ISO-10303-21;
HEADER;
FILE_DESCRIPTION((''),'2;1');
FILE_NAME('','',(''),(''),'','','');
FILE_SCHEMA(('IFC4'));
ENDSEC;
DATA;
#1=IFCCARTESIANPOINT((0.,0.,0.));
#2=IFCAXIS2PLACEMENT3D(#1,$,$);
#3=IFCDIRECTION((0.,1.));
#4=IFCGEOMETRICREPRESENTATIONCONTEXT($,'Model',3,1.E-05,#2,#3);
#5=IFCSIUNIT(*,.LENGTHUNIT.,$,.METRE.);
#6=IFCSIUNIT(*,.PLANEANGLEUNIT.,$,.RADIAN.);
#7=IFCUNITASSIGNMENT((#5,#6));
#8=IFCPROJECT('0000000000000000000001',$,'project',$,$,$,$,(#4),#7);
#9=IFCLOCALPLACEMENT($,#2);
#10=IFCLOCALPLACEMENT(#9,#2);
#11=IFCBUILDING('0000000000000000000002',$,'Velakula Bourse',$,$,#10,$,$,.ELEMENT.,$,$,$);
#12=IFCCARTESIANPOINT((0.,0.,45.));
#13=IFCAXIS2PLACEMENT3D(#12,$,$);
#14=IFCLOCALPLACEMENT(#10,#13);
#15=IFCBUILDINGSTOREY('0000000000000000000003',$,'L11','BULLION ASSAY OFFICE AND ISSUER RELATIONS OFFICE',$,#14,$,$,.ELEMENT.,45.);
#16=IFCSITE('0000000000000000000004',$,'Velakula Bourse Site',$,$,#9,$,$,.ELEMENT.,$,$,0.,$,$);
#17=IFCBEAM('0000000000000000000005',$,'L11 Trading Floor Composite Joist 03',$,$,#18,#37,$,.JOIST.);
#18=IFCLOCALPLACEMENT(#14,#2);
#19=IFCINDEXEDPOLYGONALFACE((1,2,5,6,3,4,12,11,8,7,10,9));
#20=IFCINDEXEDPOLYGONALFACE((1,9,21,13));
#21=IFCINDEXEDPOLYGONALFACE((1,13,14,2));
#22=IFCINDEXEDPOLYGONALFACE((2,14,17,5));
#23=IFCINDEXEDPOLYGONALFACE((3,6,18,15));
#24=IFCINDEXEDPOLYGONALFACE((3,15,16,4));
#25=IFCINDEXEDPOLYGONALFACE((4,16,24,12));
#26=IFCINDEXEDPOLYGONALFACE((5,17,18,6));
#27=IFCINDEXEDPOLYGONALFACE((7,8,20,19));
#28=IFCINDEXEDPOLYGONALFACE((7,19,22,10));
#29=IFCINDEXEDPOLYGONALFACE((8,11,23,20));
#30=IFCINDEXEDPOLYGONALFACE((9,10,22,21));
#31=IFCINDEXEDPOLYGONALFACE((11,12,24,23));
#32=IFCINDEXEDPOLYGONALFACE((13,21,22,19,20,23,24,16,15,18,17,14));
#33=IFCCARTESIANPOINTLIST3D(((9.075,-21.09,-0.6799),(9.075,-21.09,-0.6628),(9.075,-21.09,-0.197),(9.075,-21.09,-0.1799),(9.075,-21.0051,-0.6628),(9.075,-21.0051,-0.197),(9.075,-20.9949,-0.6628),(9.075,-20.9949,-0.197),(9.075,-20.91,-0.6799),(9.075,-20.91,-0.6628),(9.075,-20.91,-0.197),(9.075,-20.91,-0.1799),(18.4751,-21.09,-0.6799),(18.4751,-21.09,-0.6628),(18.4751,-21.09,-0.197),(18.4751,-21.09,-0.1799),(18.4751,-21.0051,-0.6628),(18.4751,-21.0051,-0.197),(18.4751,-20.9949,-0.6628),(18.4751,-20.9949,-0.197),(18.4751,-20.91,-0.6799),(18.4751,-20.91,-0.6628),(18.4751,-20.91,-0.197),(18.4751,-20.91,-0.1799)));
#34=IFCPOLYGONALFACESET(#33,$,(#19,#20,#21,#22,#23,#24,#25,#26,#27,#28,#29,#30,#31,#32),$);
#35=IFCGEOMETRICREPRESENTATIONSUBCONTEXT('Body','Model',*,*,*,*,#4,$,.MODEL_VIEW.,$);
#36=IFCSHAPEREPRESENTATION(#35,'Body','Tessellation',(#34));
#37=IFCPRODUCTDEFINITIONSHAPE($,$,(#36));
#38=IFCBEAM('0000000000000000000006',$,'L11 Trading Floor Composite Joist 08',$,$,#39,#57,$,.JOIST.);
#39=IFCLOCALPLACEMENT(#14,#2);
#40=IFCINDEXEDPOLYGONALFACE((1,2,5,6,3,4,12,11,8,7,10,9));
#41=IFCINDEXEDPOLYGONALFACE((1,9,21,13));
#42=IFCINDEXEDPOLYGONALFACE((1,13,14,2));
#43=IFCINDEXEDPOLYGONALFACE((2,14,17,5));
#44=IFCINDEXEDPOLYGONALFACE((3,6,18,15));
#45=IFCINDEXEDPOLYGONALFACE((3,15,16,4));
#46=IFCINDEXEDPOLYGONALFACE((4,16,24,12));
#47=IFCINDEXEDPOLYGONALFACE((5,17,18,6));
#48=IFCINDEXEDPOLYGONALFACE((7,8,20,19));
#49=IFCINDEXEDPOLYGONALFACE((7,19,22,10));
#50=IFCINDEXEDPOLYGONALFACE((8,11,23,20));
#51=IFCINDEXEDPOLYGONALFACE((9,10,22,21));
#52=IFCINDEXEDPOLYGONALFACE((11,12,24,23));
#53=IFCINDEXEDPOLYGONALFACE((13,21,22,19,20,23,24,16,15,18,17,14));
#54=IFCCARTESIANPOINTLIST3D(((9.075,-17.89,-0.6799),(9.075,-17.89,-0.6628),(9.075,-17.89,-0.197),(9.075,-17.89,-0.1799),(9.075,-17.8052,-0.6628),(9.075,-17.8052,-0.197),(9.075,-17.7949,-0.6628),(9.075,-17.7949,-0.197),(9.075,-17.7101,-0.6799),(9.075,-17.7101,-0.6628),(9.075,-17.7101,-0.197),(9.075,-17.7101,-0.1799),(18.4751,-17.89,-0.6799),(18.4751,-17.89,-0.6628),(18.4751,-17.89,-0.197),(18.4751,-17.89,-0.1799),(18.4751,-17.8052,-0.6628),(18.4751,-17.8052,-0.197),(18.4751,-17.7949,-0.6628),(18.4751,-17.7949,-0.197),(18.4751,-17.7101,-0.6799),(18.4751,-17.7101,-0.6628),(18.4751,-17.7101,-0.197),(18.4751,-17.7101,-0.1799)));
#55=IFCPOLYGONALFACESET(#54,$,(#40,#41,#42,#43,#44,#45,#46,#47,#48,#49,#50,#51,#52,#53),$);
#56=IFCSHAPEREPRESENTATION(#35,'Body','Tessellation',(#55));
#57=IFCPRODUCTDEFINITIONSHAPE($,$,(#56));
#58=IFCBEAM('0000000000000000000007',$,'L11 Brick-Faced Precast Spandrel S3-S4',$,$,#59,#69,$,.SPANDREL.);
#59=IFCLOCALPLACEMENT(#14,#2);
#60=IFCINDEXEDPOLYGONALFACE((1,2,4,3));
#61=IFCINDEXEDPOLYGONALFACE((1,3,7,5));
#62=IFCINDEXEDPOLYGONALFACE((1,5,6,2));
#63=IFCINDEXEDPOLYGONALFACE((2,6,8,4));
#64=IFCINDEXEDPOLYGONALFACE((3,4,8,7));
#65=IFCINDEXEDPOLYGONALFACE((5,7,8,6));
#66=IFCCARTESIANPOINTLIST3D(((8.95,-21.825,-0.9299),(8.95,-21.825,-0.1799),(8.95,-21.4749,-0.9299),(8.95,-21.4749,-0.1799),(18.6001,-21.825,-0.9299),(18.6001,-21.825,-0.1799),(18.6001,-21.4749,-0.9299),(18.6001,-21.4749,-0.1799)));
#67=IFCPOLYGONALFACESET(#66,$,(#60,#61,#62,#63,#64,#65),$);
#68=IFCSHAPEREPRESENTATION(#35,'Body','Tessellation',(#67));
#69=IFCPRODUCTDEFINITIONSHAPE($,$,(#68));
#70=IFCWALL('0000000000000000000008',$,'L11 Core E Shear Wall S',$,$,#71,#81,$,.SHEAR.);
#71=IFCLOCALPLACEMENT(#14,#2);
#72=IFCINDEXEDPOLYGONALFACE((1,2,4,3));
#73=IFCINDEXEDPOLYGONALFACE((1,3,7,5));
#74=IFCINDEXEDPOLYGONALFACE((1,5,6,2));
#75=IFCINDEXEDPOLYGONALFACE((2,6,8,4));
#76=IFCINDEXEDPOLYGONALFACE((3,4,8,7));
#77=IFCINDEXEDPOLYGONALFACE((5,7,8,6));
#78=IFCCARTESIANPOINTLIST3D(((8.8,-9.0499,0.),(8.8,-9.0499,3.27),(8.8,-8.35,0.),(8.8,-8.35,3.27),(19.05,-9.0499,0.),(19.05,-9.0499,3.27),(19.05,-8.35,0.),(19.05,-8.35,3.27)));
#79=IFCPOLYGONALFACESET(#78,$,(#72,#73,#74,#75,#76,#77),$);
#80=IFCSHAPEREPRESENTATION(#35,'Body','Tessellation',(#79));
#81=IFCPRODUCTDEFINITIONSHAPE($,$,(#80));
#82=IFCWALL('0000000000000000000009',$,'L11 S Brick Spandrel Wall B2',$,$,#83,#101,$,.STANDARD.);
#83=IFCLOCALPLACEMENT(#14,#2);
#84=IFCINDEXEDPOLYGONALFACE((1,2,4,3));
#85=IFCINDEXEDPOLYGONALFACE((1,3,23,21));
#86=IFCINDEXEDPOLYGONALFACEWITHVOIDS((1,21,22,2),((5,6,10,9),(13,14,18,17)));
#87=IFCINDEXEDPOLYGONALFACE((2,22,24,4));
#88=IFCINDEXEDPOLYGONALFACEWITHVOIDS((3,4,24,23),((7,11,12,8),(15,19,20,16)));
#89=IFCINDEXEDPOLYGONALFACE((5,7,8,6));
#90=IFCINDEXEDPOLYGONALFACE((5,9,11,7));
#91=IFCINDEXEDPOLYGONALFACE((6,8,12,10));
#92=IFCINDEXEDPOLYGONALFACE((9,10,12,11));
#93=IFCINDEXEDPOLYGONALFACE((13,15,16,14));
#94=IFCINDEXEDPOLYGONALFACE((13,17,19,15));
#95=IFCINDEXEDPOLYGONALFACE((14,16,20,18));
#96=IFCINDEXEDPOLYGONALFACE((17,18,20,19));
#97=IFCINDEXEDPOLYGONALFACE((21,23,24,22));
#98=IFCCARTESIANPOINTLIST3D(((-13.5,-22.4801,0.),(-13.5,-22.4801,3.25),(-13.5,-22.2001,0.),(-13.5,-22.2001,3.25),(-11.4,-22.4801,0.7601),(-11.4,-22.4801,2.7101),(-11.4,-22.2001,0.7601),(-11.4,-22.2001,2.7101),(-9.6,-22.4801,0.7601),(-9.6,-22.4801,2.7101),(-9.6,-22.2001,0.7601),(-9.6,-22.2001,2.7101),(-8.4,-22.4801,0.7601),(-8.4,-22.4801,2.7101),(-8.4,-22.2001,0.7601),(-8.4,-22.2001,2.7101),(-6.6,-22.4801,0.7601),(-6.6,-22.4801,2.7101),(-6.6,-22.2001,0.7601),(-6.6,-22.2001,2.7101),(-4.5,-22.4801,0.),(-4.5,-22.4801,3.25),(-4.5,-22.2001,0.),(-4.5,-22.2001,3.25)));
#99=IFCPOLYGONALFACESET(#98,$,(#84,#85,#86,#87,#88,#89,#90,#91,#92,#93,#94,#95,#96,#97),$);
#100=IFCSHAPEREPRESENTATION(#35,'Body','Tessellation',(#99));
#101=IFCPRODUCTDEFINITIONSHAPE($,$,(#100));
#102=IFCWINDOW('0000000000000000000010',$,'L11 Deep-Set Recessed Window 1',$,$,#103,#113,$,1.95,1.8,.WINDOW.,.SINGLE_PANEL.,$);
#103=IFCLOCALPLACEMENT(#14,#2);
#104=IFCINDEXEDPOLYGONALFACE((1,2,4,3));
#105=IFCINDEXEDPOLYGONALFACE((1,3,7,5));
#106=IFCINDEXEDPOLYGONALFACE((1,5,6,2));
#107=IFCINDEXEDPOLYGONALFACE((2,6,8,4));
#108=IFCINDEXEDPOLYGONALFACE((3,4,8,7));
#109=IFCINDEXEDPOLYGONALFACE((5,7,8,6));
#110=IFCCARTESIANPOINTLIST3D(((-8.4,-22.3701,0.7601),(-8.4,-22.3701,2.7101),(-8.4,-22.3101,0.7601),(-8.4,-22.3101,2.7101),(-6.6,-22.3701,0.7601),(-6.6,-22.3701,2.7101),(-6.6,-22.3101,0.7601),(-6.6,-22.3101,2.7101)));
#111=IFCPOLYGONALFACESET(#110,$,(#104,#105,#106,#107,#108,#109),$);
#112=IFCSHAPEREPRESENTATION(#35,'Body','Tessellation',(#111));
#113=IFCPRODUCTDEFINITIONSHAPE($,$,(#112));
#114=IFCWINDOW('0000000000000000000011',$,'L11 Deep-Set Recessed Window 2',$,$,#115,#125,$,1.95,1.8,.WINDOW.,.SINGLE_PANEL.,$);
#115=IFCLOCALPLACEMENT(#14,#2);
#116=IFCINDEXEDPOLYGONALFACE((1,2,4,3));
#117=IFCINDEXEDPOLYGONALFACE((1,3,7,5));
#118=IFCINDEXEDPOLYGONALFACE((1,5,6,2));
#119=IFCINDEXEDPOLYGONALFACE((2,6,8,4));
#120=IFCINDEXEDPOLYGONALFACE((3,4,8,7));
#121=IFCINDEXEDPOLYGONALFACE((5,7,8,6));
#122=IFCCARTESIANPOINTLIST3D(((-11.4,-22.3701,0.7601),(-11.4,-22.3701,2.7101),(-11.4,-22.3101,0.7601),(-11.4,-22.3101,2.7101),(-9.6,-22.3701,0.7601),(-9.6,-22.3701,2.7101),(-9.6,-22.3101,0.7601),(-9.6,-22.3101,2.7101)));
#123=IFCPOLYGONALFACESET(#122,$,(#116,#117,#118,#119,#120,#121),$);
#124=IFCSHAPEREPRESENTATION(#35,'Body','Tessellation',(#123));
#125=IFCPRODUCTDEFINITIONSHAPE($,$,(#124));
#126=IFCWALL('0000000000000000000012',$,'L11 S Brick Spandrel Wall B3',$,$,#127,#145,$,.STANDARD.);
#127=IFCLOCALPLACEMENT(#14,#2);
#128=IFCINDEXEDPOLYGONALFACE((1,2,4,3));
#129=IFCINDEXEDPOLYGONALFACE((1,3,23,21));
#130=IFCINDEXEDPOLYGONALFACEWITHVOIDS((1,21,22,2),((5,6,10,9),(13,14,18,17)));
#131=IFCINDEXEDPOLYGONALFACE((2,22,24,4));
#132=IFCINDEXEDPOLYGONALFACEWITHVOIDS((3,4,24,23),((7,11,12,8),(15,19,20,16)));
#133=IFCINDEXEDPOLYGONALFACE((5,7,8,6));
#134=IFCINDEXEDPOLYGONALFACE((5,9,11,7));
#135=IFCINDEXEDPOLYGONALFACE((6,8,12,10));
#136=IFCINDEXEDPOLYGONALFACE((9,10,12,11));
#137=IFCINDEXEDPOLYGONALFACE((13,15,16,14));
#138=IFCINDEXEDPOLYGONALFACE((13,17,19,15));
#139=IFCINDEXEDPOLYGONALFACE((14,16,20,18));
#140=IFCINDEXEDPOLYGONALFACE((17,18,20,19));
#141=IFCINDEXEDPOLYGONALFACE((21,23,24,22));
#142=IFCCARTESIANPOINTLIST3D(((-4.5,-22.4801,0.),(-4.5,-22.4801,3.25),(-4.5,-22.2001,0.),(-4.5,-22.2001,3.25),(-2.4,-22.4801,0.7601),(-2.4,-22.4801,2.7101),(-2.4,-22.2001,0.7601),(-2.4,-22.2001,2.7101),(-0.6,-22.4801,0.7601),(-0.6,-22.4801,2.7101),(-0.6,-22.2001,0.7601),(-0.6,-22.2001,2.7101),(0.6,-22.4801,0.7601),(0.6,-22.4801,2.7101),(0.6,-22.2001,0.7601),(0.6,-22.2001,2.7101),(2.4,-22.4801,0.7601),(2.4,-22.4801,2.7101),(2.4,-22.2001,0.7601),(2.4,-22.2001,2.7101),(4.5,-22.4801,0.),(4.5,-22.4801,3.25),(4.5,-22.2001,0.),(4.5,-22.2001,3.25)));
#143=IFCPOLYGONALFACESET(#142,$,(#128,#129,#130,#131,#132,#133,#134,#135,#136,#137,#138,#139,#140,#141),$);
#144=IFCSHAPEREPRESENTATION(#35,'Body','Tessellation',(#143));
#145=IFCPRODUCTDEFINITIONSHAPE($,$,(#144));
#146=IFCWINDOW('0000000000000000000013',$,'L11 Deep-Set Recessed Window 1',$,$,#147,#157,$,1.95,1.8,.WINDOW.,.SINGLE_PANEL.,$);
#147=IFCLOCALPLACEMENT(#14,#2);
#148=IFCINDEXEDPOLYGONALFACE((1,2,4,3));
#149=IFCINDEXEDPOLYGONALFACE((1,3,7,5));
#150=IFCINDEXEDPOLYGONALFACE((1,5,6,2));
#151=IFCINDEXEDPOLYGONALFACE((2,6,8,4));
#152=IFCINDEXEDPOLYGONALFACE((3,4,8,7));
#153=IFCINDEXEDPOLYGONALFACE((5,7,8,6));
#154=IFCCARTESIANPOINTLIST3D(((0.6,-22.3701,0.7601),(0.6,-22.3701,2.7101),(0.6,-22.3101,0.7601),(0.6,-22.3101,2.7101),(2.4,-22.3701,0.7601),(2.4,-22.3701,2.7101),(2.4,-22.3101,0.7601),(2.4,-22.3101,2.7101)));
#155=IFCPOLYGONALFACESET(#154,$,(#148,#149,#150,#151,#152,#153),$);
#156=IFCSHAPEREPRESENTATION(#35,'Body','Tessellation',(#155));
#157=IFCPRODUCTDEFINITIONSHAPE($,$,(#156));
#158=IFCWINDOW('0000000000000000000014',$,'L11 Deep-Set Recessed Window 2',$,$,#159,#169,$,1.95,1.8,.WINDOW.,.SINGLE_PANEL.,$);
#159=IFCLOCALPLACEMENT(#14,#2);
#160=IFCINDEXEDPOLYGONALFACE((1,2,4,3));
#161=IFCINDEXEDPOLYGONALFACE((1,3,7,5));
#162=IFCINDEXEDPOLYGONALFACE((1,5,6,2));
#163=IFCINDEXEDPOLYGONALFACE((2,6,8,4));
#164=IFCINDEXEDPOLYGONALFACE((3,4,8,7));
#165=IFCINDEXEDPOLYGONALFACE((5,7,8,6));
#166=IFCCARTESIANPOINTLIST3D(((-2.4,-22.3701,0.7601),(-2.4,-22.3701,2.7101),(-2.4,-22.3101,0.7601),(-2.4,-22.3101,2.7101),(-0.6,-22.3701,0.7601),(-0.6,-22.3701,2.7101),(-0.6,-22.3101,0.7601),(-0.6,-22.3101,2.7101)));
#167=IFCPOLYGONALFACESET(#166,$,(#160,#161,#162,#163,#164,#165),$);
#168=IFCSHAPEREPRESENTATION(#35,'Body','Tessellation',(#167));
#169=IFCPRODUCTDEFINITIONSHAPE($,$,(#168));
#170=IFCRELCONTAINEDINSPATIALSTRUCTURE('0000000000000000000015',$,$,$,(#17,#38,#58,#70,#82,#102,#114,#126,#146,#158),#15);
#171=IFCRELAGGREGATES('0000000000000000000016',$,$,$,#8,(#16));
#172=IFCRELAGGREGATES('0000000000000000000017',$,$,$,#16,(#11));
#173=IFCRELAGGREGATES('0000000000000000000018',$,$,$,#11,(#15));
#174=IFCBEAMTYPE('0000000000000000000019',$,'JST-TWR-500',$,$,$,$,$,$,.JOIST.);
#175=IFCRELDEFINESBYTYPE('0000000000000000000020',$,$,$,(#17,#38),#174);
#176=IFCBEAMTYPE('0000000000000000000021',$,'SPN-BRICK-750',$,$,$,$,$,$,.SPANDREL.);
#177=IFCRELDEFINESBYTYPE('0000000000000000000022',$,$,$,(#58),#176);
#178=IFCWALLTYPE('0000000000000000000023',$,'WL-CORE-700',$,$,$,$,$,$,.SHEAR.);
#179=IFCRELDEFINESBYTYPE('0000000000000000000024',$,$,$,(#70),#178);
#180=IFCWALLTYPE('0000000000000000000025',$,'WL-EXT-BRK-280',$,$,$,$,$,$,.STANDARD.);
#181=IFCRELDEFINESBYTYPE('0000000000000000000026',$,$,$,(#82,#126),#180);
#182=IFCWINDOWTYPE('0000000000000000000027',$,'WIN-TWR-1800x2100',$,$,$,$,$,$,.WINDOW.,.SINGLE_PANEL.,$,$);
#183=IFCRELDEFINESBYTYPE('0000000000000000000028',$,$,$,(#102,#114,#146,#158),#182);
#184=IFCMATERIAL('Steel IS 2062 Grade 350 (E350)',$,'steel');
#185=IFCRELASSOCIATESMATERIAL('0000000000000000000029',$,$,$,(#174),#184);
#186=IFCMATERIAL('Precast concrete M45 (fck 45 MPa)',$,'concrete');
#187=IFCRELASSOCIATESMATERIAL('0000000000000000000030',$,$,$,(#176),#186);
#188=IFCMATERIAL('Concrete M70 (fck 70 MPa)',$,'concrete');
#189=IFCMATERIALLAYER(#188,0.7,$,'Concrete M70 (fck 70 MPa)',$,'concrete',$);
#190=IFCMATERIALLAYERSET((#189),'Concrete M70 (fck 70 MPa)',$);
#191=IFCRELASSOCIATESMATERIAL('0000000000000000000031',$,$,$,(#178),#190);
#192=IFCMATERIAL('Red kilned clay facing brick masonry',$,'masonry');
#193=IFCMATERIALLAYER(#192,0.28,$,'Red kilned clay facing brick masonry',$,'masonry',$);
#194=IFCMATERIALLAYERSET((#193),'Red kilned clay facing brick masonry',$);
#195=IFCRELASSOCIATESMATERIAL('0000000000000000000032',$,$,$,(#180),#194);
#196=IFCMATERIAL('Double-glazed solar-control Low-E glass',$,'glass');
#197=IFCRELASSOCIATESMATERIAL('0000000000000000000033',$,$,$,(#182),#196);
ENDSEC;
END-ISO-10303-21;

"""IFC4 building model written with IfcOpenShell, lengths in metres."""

from ifc_helpers import new_model, si_unit, direction, frame, frame_2d, origin, origin_2d, place, context, subcontext, project, spatial, rectangle, i_section, extrude, material, layer, layer_set, material_profile, profile_set, type_object, element, fill, save


model = new_model("IFC4")

# Units and contexts
model_context = context("Model", 3, precision=1e-05, world=origin(), true_north=direction((0.0, 1.0)))
body_context = subcontext(model_context, "Body", "Model", "MODEL_VIEW")
ifc_project = project(units=[si_unit("LENGTHUNIT", "METRE"), si_unit("PLANEANGLEUNIT", "RADIAN")], contexts=[model_context])

# Site, building, storey
site_placement = place(None, origin())
site = spatial("IfcSite", under=ifc_project, at=site_placement, Name="Velakula Bourse Site", CompositionType="ELEMENT", RefElevation=0.0)
building_placement = place(site_placement, origin())
building = spatial("IfcBuilding", under=site, at=building_placement, Name="Velakula Bourse", CompositionType="ELEMENT")
storey_placement = place(building_placement, frame((0.0, 0.0, 45.0)))
storey = spatial("IfcBuildingStorey", under=building, at=storey_placement, Name="L11", Description="BULLION ASSAY OFFICE AND ISSUER RELATIONS OFFICE", CompositionType="ELEMENT", Elevation=45.0)

# Shared definitions
ifc_material_1 = material(Name="Concrete M70 (fck 70 MPa)", Category="concrete")

# Beams
ifc_material_2 = material(Name="Steel IS 2062 Grade 350 (E350)", Category="steel")
ifc_material_profile_1 = material_profile(ifc_material_2, i_section(OverallWidth=0.1799, OverallDepth=0.5, WebThickness=0.0103, FlangeThickness=0.0171, at=origin_2d()), Name="Steel IS 2062 Grade 350 (E350)")
ifc_profile_set_1 = profile_set([ifc_material_profile_1], Name="Steel IS 2062 Grade 350 (E350)")
beam_type_1 = type_object("IfcBeamType", Name="JST-TWR-500", PredefinedType="JOIST", material=ifc_profile_set_1)
for number, where, z_axis, x_axis, name in (
    (1, (9.075, -21.0, -0.4299), (1.0, 0.0, 0.0), (0.0, 1.0, 0.0), "L11 Trading Floor Composite Joist 03"),
    (2, (9.075, -17.8, -0.4299), (1.0, 0.0, 0.0), (0.0, 1.0, 0.0), "L11 Trading Floor Composite Joist 08"),
):
    element("IfcBeam", number, at=place(storey_placement, frame(where, z_axis=z_axis, x_axis=x_axis)), inside=storey, type_object=beam_type_1, Name=name, PredefinedType="JOIST", context=body_context, shape_type="SweptSolid", body=[
        extrude(i_section(OverallWidth=0.1799, OverallDepth=0.5, WebThickness=0.0103, FlangeThickness=0.0171, at=origin_2d()), origin(), (0.0, 0.0, 1.0), 9.4001),
    ])
ifc_material_3 = material(Name="Precast concrete M45 (fck 45 MPa)", Category="concrete")
ifc_material_profile_2 = material_profile(ifc_material_3, rectangle(XDim=0.3501, YDim=0.75, at=origin_2d()), Name="Precast concrete M45 (fck 45 MPa)")
ifc_profile_set_2 = profile_set([ifc_material_profile_2], Name="Precast concrete M45 (fck 45 MPa)")
beam_type_2 = type_object("IfcBeamType", Name="SPN-BRICK-750", PredefinedType="SPANDREL", material=ifc_profile_set_2)
beam_1_placement = place(storey_placement, frame((8.95, -21.6499, -0.5549), z_axis=(1.0, 0.0, 0.0), x_axis=(0.0, 1.0, 0.0)))
element("IfcBeam", 3, at=beam_1_placement, inside=storey, type_object=beam_type_2, Name="L11 Brick-Faced Precast Spandrel S3-S4", PredefinedType="SPANDREL", context=body_context, shape_type="SweptSolid", body=[
    extrude(rectangle(XDim=0.3501, YDim=0.75, at=origin_2d()), origin(), (0.0, 0.0, 1.0), 9.6501),
])

# Wall
ifc_layer_1 = layer(ifc_material_1, 0.7, Name="Concrete M70 (fck 70 MPa)", Category="concrete")
ifc_layer_set_1 = layer_set([ifc_layer_1], Name="Concrete M70 (fck 70 MPa)")
wall_type_1 = type_object("IfcWallType", Name="WL-CORE-700", PredefinedType="SHEAR", material=ifc_layer_set_1)
wall_1_placement = place(storey_placement, frame((8.8, -8.7, 0.0), z_axis=(0.0, 0.0, 1.0), x_axis=(1.0, 0.0, 0.0)))
element("IfcWall", 4, at=wall_1_placement, inside=storey, type_object=wall_type_1, Name="L11 Core E Shear Wall S", PredefinedType="SHEAR", context=body_context, shape_type="SweptSolid", body=[
    extrude(rectangle(XDim=10.25, YDim=0.7, at=frame_2d((5.125, 0.0))), origin(), (0.0, 0.0, 1.0), 3.27),
])

# Walls, openings, windows
ifc_material_4 = material(Name="Red kilned clay facing brick masonry", Category="masonry")
ifc_layer_2 = layer(ifc_material_4, 0.28, Name="Red kilned clay facing brick masonry", Category="masonry")
ifc_layer_set_2 = layer_set([ifc_layer_2], Name="Red kilned clay facing brick masonry")
wall_type_2 = type_object("IfcWallType", Name="WL-EXT-BRK-280", PredefinedType="STANDARD", material=ifc_layer_set_2)
wall_2_placement = place(storey_placement, frame((-4.5, -22.3401, 0.0), z_axis=(0.0, 0.0, 1.0), x_axis=(-1.0, 0.0, 0.0)))
wall_2 = element("IfcWall", 5, at=wall_2_placement, inside=storey, type_object=wall_type_2, Name="L11 S Brick Spandrel Wall B2", PredefinedType="STANDARD", context=body_context, shape_type="SweptSolid", body=[
    extrude(rectangle(XDim=9.0, YDim=0.28, at=frame_2d((4.5, 0.0))), origin(), (0.0, 0.0, 1.0), 3.25),
])
opening_1_placement = place(wall_2_placement, frame((2.1001, 0.0, 0.76)))
opening_1 = element("IfcOpeningElement", 6, at=opening_1_placement, cuts=wall_2, PredefinedType="OPENING", context=body_context, shape_type="SweptSolid", body=[
    extrude(rectangle(XDim=1.8, YDim=1.95, at=frame_2d((0.8999, 0.9751))), frame((0.0, 0.1499, 0.0), z_axis=(0.0, -1.0, 0.0), x_axis=(1.0, 0.0, 0.0)), (0.0, 0.0, 1.0), 0.3),
])
opening_2_placement = place(wall_2_placement, frame((5.1001, 0.0, 0.76)))
opening_2 = element("IfcOpeningElement", 7, at=opening_2_placement, cuts=wall_2, PredefinedType="OPENING", context=body_context, shape_type="SweptSolid", body=[
    extrude(rectangle(XDim=1.8, YDim=1.95, at=frame_2d((0.8999, 0.9751))), frame((0.0, 0.1499, 0.0), z_axis=(0.0, -1.0, 0.0), x_axis=(1.0, 0.0, 0.0)), (0.0, 0.0, 1.0), 0.3),
])
ifc_material_5 = material(Name="Double-glazed solar-control Low-E glass", Category="glass")
window_type = type_object("IfcWindowType", Name="WIN-TWR-1800x2100", PartitioningType="SINGLE_PANEL", PredefinedType="WINDOW", material=ifc_material_5)
window_1_placement = place(opening_1_placement, origin())
window_1 = element("IfcWindow", 8, at=window_1_placement, inside=storey, type_object=window_type, Name="L11 Deep-Set Recessed Window 1", OverallHeight=1.95, OverallWidth=1.8, PartitioningType="SINGLE_PANEL", PredefinedType="WINDOW", context=body_context, shape_type="SweptSolid", body=[
    extrude(rectangle(XDim=1.8, YDim=1.95, at=frame_2d((0.8999, 0.9751))), frame((0.0, 0.03, 0.0), z_axis=(0.0, -1.0, 0.0), x_axis=(1.0, 0.0, 0.0)), (0.0, 0.0, 1.0), 0.0601),
])
fill(opening_1, window_1)
window_2_placement = place(opening_2_placement, origin())
window_2 = element("IfcWindow", 9, at=window_2_placement, inside=storey, type_object=window_type, Name="L11 Deep-Set Recessed Window 2", OverallHeight=1.95, OverallWidth=1.8, PartitioningType="SINGLE_PANEL", PredefinedType="WINDOW", context=body_context, shape_type="SweptSolid", body=[
    extrude(rectangle(XDim=1.8, YDim=1.95, at=frame_2d((0.8999, 0.9751))), frame((0.0, 0.03, 0.0), z_axis=(0.0, -1.0, 0.0), x_axis=(1.0, 0.0, 0.0)), (0.0, 0.0, 1.0), 0.0601),
])
fill(opening_2, window_2)
wall_3_placement = place(storey_placement, frame((4.5, -22.3401, 0.0), z_axis=(0.0, 0.0, 1.0), x_axis=(-1.0, 0.0, 0.0)))
wall_3 = element("IfcWall", 10, at=wall_3_placement, inside=storey, type_object=wall_type_2, Name="L11 S Brick Spandrel Wall B3", PredefinedType="STANDARD", context=body_context, shape_type="SweptSolid", body=[
    extrude(rectangle(XDim=9.0, YDim=0.28, at=frame_2d((4.5, 0.0))), origin(), (0.0, 0.0, 1.0), 3.25),
])
opening_3_placement = place(wall_3_placement, frame((2.1001, 0.0, 0.76)))
opening_3 = element("IfcOpeningElement", 11, at=opening_3_placement, cuts=wall_3, PredefinedType="OPENING", context=body_context, shape_type="SweptSolid", body=[
    extrude(rectangle(XDim=1.8, YDim=1.95, at=frame_2d((0.8999, 0.9751))), frame((0.0, 0.1499, 0.0), z_axis=(0.0, -1.0, 0.0), x_axis=(1.0, 0.0, 0.0)), (0.0, 0.0, 1.0), 0.3),
])
opening_4_placement = place(wall_3_placement, frame((5.1001, 0.0, 0.76)))
opening_4 = element("IfcOpeningElement", 12, at=opening_4_placement, cuts=wall_3, PredefinedType="OPENING", context=body_context, shape_type="SweptSolid", body=[
    extrude(rectangle(XDim=1.8, YDim=1.95, at=frame_2d((0.8999, 0.9751))), frame((0.0, 0.1499, 0.0), z_axis=(0.0, -1.0, 0.0), x_axis=(1.0, 0.0, 0.0)), (0.0, 0.0, 1.0), 0.3),
])
window_3_placement = place(opening_3_placement, origin())
window_3 = element("IfcWindow", 13, at=window_3_placement, inside=storey, type_object=window_type, Name="L11 Deep-Set Recessed Window 1", OverallHeight=1.95, OverallWidth=1.8, PartitioningType="SINGLE_PANEL", PredefinedType="WINDOW", context=body_context, shape_type="SweptSolid", body=[
    extrude(rectangle(XDim=1.8, YDim=1.95, at=frame_2d((0.8999, 0.9751))), frame((0.0, 0.03, 0.0), z_axis=(0.0, -1.0, 0.0), x_axis=(1.0, 0.0, 0.0)), (0.0, 0.0, 1.0), 0.0601),
])
fill(opening_3, window_3)
window_4_placement = place(opening_4_placement, origin())
window_4 = element("IfcWindow", 14, at=window_4_placement, inside=storey, type_object=window_type, Name="L11 Deep-Set Recessed Window 2", OverallHeight=1.95, OverallWidth=1.8, PartitioningType="SINGLE_PANEL", PredefinedType="WINDOW", context=body_context, shape_type="SweptSolid", body=[
    extrude(rectangle(XDim=1.8, YDim=1.95, at=frame_2d((0.8999, 0.9751))), frame((0.0, 0.03, 0.0), z_axis=(0.0, -1.0, 0.0), x_axis=(1.0, 0.0, 0.0)), (0.0, 0.0, 1.0), 0.0601),
])
fill(opening_4, window_4)

save(model, "model.ifc")
